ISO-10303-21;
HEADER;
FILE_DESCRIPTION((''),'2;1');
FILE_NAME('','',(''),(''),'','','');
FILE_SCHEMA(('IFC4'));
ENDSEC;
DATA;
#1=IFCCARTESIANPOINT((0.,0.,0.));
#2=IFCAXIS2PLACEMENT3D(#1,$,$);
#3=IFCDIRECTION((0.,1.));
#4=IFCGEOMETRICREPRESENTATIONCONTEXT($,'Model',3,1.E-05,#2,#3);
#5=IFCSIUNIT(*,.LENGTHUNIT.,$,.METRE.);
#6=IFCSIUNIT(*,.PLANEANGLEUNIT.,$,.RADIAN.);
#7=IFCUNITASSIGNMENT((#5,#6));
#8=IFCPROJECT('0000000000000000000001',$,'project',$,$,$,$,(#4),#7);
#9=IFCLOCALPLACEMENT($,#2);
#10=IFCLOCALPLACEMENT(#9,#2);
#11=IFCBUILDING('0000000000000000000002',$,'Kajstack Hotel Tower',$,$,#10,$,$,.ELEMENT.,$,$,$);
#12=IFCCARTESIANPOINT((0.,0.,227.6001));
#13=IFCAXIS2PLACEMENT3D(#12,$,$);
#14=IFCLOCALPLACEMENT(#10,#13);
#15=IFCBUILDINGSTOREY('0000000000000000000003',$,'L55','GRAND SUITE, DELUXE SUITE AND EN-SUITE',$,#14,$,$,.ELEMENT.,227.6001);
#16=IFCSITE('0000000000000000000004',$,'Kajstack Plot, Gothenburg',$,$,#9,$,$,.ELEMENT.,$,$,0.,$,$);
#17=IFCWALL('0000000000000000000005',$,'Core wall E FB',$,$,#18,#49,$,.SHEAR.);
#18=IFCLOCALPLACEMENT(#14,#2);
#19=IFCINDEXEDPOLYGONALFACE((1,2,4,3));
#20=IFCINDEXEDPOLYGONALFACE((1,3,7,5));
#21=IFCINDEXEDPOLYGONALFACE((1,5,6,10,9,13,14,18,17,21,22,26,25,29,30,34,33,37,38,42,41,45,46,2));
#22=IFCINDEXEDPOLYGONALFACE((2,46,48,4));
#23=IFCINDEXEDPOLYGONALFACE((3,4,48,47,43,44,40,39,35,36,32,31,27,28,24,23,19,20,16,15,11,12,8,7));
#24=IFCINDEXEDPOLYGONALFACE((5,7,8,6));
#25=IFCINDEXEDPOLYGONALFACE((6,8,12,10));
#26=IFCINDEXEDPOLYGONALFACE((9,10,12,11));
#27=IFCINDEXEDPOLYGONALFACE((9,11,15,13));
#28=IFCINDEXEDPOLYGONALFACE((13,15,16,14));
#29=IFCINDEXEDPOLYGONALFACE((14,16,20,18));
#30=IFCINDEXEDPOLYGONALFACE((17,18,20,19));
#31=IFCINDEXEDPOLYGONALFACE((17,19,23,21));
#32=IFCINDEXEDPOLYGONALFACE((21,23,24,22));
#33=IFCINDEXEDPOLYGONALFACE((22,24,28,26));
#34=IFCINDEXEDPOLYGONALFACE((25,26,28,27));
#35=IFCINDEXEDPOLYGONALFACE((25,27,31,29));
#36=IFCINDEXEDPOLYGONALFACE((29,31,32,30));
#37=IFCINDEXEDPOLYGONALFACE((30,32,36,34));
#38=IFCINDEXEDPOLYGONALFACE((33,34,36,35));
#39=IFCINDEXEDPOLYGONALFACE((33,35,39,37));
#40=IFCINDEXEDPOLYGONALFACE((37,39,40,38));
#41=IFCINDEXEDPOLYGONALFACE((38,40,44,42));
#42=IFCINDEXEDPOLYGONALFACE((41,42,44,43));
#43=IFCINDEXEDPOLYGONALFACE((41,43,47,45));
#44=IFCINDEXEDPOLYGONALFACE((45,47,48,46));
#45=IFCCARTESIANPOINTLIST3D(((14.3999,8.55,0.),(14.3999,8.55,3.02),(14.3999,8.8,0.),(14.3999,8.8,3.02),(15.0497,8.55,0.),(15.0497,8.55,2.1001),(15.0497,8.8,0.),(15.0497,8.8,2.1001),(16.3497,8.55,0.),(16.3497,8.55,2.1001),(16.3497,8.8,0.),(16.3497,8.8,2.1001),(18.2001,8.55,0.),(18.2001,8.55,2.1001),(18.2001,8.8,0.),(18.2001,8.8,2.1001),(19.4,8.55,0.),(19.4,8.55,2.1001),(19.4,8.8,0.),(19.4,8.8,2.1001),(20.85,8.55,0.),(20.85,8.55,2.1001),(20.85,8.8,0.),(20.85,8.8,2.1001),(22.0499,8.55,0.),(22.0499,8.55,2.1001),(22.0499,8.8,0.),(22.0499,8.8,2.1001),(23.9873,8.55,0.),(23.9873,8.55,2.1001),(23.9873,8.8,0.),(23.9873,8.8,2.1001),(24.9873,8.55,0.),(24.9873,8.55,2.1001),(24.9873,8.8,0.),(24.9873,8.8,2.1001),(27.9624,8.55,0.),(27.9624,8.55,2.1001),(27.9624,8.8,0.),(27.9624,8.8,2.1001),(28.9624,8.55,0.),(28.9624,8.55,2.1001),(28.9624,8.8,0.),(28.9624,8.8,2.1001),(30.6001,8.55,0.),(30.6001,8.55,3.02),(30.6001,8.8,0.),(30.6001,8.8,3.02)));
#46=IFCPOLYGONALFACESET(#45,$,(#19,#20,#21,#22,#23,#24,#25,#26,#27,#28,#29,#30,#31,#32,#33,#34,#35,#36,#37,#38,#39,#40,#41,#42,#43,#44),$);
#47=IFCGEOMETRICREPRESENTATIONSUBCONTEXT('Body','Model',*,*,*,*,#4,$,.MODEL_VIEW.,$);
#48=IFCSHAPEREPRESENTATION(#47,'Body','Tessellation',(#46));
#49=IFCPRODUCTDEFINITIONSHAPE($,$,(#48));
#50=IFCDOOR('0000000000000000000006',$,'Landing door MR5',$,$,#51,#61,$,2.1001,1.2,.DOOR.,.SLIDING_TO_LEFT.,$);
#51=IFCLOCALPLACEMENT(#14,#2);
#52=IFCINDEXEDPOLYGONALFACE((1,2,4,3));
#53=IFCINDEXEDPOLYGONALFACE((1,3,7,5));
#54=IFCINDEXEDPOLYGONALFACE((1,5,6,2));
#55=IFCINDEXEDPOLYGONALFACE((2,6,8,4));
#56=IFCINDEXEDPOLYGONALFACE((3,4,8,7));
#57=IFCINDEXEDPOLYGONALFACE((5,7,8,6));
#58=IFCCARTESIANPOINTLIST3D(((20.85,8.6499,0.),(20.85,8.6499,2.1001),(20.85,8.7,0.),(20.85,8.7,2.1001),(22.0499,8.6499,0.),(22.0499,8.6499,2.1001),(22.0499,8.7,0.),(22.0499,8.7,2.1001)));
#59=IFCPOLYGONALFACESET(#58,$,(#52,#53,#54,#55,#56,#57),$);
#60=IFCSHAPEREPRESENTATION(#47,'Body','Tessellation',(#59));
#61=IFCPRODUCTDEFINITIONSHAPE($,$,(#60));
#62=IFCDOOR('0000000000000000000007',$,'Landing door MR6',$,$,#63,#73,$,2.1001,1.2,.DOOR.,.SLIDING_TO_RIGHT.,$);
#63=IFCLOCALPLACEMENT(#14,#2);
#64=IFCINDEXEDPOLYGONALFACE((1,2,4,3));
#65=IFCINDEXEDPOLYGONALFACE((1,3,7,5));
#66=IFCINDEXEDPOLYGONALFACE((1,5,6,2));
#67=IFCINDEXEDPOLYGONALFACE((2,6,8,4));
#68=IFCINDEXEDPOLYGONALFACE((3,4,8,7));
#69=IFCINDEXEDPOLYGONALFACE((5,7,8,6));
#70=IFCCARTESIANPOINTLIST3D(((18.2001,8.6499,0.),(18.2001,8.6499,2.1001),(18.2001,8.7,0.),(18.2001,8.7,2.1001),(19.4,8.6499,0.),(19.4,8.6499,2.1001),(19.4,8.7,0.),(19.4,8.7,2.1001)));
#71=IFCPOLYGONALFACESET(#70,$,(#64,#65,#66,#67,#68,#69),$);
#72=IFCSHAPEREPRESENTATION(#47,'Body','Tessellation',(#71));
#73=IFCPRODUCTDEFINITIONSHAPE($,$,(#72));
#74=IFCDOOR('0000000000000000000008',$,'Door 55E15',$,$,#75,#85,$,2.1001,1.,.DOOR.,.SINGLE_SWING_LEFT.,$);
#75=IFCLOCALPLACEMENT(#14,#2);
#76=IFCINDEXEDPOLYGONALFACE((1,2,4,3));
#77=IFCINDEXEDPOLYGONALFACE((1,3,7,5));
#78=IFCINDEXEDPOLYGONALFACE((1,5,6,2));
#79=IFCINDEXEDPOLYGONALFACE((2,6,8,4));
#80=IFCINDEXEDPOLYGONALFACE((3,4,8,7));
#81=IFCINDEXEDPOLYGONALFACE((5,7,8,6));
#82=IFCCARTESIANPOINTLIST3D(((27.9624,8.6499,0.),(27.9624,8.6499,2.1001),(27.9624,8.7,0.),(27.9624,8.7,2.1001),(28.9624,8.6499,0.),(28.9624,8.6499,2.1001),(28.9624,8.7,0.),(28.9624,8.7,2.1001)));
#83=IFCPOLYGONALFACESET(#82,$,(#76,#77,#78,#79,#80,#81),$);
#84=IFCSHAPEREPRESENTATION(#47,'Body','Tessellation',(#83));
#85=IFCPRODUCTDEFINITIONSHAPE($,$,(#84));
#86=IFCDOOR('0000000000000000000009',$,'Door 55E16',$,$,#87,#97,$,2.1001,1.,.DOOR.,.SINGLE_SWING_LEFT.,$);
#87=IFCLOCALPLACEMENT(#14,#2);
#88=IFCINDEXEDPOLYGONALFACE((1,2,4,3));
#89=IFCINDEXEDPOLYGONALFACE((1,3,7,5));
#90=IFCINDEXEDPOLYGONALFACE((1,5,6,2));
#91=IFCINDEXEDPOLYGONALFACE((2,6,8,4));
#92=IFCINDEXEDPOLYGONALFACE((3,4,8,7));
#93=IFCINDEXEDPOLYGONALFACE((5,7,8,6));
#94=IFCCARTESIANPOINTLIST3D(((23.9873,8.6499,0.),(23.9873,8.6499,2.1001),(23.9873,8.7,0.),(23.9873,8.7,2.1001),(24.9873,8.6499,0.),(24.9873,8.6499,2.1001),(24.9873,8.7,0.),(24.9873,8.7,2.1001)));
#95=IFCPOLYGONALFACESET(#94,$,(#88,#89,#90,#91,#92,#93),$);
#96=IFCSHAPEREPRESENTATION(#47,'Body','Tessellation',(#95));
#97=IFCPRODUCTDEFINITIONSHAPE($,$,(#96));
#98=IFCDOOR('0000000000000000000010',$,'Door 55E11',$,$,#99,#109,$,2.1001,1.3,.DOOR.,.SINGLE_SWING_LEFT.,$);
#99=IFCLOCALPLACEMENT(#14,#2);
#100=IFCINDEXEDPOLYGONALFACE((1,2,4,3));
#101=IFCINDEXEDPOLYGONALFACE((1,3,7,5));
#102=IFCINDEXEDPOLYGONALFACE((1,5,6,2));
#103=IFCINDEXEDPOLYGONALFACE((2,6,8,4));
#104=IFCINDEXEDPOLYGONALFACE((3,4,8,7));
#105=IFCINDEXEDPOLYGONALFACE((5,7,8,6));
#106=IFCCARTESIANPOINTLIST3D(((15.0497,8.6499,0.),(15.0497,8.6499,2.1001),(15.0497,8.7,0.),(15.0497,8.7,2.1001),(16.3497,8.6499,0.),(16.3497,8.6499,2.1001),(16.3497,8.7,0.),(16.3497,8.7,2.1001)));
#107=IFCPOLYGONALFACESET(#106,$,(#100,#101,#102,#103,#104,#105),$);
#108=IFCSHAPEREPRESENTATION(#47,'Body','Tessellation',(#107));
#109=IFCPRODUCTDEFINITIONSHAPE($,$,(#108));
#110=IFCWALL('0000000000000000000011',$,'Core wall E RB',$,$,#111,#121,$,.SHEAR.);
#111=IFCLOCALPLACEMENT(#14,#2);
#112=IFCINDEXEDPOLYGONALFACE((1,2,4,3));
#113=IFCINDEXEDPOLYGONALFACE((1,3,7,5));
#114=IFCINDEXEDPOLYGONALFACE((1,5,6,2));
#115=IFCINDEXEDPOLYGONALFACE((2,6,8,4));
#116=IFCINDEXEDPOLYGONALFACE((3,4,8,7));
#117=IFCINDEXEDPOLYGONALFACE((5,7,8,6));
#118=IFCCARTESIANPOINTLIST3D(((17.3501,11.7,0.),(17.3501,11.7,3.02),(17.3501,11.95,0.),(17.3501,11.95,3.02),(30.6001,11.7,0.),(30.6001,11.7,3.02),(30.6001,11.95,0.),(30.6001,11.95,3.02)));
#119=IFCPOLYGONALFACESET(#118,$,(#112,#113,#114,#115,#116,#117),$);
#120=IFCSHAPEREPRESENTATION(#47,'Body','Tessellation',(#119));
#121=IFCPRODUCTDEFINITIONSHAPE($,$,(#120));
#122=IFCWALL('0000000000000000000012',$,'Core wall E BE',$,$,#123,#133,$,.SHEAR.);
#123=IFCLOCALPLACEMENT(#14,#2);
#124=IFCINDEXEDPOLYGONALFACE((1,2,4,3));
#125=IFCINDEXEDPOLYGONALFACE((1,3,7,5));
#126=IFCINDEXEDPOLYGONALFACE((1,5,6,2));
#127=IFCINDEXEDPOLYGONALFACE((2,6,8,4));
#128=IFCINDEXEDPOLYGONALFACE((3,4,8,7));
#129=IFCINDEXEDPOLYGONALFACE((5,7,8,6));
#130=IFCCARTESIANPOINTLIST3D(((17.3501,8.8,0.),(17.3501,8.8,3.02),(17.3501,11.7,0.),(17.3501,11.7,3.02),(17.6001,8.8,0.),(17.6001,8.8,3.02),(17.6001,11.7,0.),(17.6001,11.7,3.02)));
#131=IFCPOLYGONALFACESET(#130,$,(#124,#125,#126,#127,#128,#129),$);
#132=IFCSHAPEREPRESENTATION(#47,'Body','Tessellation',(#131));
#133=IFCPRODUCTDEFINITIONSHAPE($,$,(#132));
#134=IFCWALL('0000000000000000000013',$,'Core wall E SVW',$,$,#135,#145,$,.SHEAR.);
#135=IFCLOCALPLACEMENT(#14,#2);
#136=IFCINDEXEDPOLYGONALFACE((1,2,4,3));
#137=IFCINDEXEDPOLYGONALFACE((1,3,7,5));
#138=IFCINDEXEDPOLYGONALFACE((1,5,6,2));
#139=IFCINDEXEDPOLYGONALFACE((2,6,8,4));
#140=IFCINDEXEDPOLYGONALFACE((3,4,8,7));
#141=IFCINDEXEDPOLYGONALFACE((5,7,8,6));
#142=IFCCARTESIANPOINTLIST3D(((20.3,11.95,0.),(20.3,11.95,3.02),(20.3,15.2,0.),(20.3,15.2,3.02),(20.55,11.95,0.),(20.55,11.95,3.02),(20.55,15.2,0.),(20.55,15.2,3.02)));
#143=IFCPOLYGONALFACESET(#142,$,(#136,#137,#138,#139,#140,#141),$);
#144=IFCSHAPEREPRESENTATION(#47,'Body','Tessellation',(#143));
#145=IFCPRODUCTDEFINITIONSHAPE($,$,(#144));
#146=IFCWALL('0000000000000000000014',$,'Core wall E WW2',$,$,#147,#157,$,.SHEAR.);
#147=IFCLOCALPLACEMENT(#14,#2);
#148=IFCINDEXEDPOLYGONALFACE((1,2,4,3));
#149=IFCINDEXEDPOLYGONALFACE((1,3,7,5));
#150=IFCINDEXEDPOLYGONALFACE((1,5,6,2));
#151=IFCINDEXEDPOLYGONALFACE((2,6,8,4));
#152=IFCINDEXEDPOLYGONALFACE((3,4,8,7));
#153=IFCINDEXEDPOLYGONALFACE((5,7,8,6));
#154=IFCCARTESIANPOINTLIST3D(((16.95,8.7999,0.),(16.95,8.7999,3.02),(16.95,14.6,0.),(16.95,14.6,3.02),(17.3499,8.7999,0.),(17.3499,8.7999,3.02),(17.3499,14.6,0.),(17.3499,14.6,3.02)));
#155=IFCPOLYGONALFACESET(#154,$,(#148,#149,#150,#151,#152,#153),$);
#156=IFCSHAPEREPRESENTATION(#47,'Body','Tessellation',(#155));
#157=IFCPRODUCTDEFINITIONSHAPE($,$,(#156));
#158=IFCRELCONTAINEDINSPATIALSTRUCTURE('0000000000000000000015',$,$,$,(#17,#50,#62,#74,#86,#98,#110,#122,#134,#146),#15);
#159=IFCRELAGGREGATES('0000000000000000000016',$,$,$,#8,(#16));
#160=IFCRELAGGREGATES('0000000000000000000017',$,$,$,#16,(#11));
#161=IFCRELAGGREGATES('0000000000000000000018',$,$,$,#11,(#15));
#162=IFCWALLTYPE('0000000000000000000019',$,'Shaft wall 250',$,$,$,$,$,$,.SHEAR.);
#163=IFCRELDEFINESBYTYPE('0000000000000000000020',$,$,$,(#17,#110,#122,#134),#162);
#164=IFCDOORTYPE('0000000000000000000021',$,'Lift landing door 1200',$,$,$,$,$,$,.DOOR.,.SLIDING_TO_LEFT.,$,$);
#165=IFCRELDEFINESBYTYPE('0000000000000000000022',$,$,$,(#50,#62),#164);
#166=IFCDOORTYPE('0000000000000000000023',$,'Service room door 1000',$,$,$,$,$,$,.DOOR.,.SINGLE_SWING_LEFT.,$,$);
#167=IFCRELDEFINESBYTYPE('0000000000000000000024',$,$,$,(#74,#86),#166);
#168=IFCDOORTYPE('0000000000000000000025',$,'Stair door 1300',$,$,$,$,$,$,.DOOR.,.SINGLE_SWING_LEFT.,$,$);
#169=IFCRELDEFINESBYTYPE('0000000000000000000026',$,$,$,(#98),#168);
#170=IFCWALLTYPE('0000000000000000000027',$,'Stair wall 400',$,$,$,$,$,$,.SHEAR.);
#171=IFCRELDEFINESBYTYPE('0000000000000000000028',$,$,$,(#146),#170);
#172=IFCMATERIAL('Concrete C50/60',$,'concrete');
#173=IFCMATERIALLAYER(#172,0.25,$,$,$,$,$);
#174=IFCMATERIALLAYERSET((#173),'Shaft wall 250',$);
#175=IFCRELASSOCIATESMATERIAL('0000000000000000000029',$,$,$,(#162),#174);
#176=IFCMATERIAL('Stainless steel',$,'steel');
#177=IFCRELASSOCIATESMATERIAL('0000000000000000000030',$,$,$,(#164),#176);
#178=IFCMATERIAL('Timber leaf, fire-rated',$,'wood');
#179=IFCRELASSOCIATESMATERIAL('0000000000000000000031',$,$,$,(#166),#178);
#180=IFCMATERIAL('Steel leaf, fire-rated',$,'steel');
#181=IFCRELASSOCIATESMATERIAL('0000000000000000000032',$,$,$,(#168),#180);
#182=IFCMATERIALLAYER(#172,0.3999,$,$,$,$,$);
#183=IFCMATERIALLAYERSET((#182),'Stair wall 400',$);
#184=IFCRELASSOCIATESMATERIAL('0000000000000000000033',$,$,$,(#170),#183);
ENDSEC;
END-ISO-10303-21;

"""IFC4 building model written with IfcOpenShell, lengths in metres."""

from ifc_helpers import new_model, si_unit, direction, frame, frame_2d, origin, place, context, subcontext, project, spatial, rectangle, extrude, material, layer, layer_set, type_object, element, fill, save


model = new_model("IFC4")

# Units and contexts
model_context = context("Model", 3, precision=1e-05, world=origin(), true_north=direction((0.0, 1.0)))
body_context = subcontext(model_context, "Body", "Model", "MODEL_VIEW")
ifc_project = project(units=[si_unit("LENGTHUNIT", "METRE"), si_unit("PLANEANGLEUNIT", "RADIAN")], contexts=[model_context])

# Site, building, storey
site_placement = place(None, origin())
site = spatial("IfcSite", under=ifc_project, at=site_placement, Name="Kajstack Plot, Gothenburg", CompositionType="ELEMENT", RefElevation=0.0)
building_placement = place(site_placement, origin())
building = spatial("IfcBuilding", under=site, at=building_placement, Name="Kajstack Hotel Tower", CompositionType="ELEMENT")
storey_placement = place(building_placement, frame((0.0, 0.0, 227.6001)))
storey = spatial("IfcBuildingStorey", under=building, at=storey_placement, Name="L55", Description="GRAND SUITE, DELUXE SUITE AND EN-SUITE", CompositionType="ELEMENT", Elevation=227.6001)

# Wall, openings, doors
ifc_material_1 = material(Name="Concrete C50/60", Category="concrete")
ifc_layer_1 = layer(ifc_material_1, 0.25)
ifc_layer_set_1 = layer_set([ifc_layer_1], Name="Shaft wall 250")
wall_type_1 = type_object("IfcWallType", Name="Shaft wall 250", PredefinedType="SHEAR", material=ifc_layer_set_1)
ifc_material_2 = material(Name="Stainless steel", Category="steel")
door_type_1 = type_object("IfcDoorType", Name="Lift landing door 1200", OperationType="SLIDING_TO_LEFT", PredefinedType="DOOR", material=ifc_material_2)
wall_1_placement = place(storey_placement, frame((14.3999, 8.675, 0.0), z_axis=(0.0, 0.0, 1.0), x_axis=(1.0, 0.0, 0.0)))
wall_1 = element("IfcWall", 1, at=wall_1_placement, inside=storey, type_object=wall_type_1, Name="Core wall E FB", PredefinedType="SHEAR", context=body_context, shape_type="SweptSolid", body=[
    extrude(rectangle(XDim=16.2002, YDim=0.25, at=frame_2d((8.1001, 0.0))), origin(), (0.0, 0.0, 1.0), 3.02),
])
opening_1_placement = place(wall_1_placement, frame((6.45, 0.0, 0.0)))
opening_1 = element("IfcOpeningElement", 2, at=opening_1_placement, cuts=wall_1, PredefinedType="OPENING", context=body_context, shape_type="SweptSolid", body=[
    extrude(rectangle(XDim=1.2, YDim=2.1001, at=frame_2d((0.6001, 1.05))), frame((0.0, 0.135, 0.0), z_axis=(0.0, -1.0, 0.0), x_axis=(1.0, 0.0, 0.0)), (0.0, 0.0, 1.0), 0.27),
])
opening_2_placement = place(wall_1_placement, frame((3.8, 0.0, 0.0)))
opening_2 = element("IfcOpeningElement", 3, at=opening_2_placement, cuts=wall_1, PredefinedType="OPENING", context=body_context, shape_type="SweptSolid", body=[
    extrude(rectangle(XDim=1.2, YDim=2.1001, at=frame_2d((0.6001, 1.05))), frame((0.0, 0.135, 0.0), z_axis=(0.0, -1.0, 0.0), x_axis=(1.0, 0.0, 0.0)), (0.0, 0.0, 1.0), 0.27),
])
opening_3_placement = place(wall_1_placement, frame((0.6499, 0.0, 0.0)))
opening_3 = element("IfcOpeningElement", 4, at=opening_3_placement, cuts=wall_1, PredefinedType="OPENING", context=body_context, shape_type="SweptSolid", body=[
    extrude(rectangle(XDim=1.3, YDim=2.1001, at=frame_2d((0.6499, 1.05))), frame((0.0, 0.135, 0.0), z_axis=(0.0, -1.0, 0.0), x_axis=(1.0, 0.0, 0.0)), (0.0, 0.0, 1.0), 0.27),
])
opening_4_placement = place(wall_1_placement, frame((13.5625, 0.0, 0.0)))
opening_4 = element("IfcOpeningElement", 5, at=opening_4_placement, cuts=wall_1, PredefinedType="OPENING", context=body_context, shape_type="SweptSolid", body=[
    extrude(rectangle(XDim=1.0, YDim=2.1001, at=frame_2d((0.5, 1.05))), frame((0.0, 0.135, 0.0), z_axis=(0.0, -1.0, 0.0), x_axis=(1.0, 0.0, 0.0)), (0.0, 0.0, 1.0), 0.27),
])
opening_5_placement = place(wall_1_placement, frame((9.5874, 0.0, 0.0)))
opening_5 = element("IfcOpeningElement", 6, at=opening_5_placement, cuts=wall_1, PredefinedType="OPENING", context=body_context, shape_type="SweptSolid", body=[
    extrude(rectangle(XDim=1.0, YDim=2.1001, at=frame_2d((0.5, 1.05))), frame((0.0, 0.135, 0.0), z_axis=(0.0, -1.0, 0.0), x_axis=(1.0, 0.0, 0.0)), (0.0, 0.0, 1.0), 0.27),
])
door_1_placement = place(opening_1_placement, origin())
door_1 = element("IfcDoor", 7, at=door_1_placement, inside=storey, type_object=door_type_1, Name="Landing door MR5", OperationType="SLIDING_TO_LEFT", OverallHeight=2.1001, OverallWidth=1.2, PredefinedType="DOOR", context=body_context, shape_type="SweptSolid", body=[
    extrude(rectangle(XDim=1.2, YDim=2.1001, at=frame_2d((0.6001, 1.05))), frame((0.0, 0.0249, 0.0), z_axis=(0.0, -1.0, 0.0), x_axis=(1.0, 0.0, 0.0)), (0.0, 0.0, 1.0), 0.05),
])
fill(opening_1, door_1)
door_2_placement = place(opening_2_placement, origin())
door_2 = element("IfcDoor", 8, at=door_2_placement, inside=storey, type_object=door_type_1, Name="Landing door MR6", OperationType="SLIDING_TO_RIGHT", OverallHeight=2.1001, OverallWidth=1.2, PredefinedType="DOOR", context=body_context, shape_type="SweptSolid", body=[
    extrude(rectangle(XDim=1.2, YDim=2.1001, at=frame_2d((0.6001, 1.05))), frame((0.0, 0.0249, 0.0), z_axis=(0.0, -1.0, 0.0), x_axis=(1.0, 0.0, 0.0)), (0.0, 0.0, 1.0), 0.05),
])
fill(opening_2, door_2)
ifc_material_3 = material(Name="Timber leaf, fire-rated", Category="wood")
door_type_2 = type_object("IfcDoorType", Name="Service room door 1000", OperationType="SINGLE_SWING_LEFT", PredefinedType="DOOR", material=ifc_material_3)
door_3_placement = place(opening_4_placement, origin())
door_3 = element("IfcDoor", 9, at=door_3_placement, inside=storey, type_object=door_type_2, Name="Door 55E15", OperationType="SINGLE_SWING_LEFT", OverallHeight=2.1001, OverallWidth=1.0, PredefinedType="DOOR", context=body_context, shape_type="SweptSolid", body=[
    extrude(rectangle(XDim=1.0, YDim=2.1001, at=frame_2d((0.5, 1.05))), frame((0.0, 0.0249, 0.0), z_axis=(0.0, -1.0, 0.0), x_axis=(1.0, 0.0, 0.0)), (0.0, 0.0, 1.0), 0.05),
])
fill(opening_4, door_3)
door_4_placement = place(opening_5_placement, origin())
door_4 = element("IfcDoor", 10, at=door_4_placement, inside=storey, type_object=door_type_2, Name="Door 55E16", OperationType="SINGLE_SWING_LEFT", OverallHeight=2.1001, OverallWidth=1.0, PredefinedType="DOOR", context=body_context, shape_type="SweptSolid", body=[
    extrude(rectangle(XDim=1.0, YDim=2.1001, at=frame_2d((0.5, 1.05))), frame((0.0, 0.0249, 0.0), z_axis=(0.0, -1.0, 0.0), x_axis=(1.0, 0.0, 0.0)), (0.0, 0.0, 1.0), 0.05),
])
fill(opening_5, door_4)
ifc_material_4 = material(Name="Steel leaf, fire-rated", Category="steel")
door_type_3 = type_object("IfcDoorType", Name="Stair door 1300", OperationType="SINGLE_SWING_LEFT", PredefinedType="DOOR", material=ifc_material_4)
door_5_placement = place(opening_3_placement, origin())
door_5 = element("IfcDoor", 11, at=door_5_placement, inside=storey, type_object=door_type_3, Name="Door 55E11", OperationType="SINGLE_SWING_LEFT", OverallHeight=2.1001, OverallWidth=1.3, PredefinedType="DOOR", context=body_context, shape_type="SweptSolid", body=[
    extrude(rectangle(XDim=1.3, YDim=2.1001, at=frame_2d((0.6499, 1.05))), frame((0.0, 0.0249, 0.0), z_axis=(0.0, -1.0, 0.0), x_axis=(1.0, 0.0, 0.0)), (0.0, 0.0, 1.0), 0.05),
])
fill(opening_3, door_5)

# Walls
wall_2_placement = place(storey_placement, frame((17.3501, 11.825, 0.0), z_axis=(0.0, 0.0, 1.0), x_axis=(1.0, 0.0, 0.0)))
element("IfcWall", 12, at=wall_2_placement, inside=storey, type_object=wall_type_1, Name="Core wall E RB", PredefinedType="SHEAR", context=body_context, shape_type="SweptSolid", body=[
    extrude(rectangle(XDim=13.25, YDim=0.25, at=frame_2d((6.625, 0.0))), origin(), (0.0, 0.0, 1.0), 3.02),
])
wall_3_placement = place(storey_placement, frame((17.4751, 8.8, 0.0), z_axis=(0.0, 0.0, 1.0), x_axis=(0.0, 1.0, 0.0)))
element("IfcWall", 13, at=wall_3_placement, inside=storey, type_object=wall_type_1, Name="Core wall E BE", PredefinedType="SHEAR", context=body_context, shape_type="SweptSolid", body=[
    extrude(rectangle(XDim=2.8999, YDim=0.25, at=frame_2d((1.45, 0.0))), origin(), (0.0, 0.0, 1.0), 3.02),
])
wall_4_placement = place(storey_placement, frame((20.425, 11.95, 0.0), z_axis=(0.0, 0.0, 1.0), x_axis=(0.0, 1.0, 0.0)))
element("IfcWall", 14, at=wall_4_placement, inside=storey, type_object=wall_type_1, Name="Core wall E SVW", PredefinedType="SHEAR", context=body_context, shape_type="SweptSolid", body=[
    extrude(rectangle(XDim=3.25, YDim=0.25, at=frame_2d((1.625, 0.0))), origin(), (0.0, 0.0, 1.0), 3.02),
])
ifc_layer_2 = layer(ifc_material_1, 0.3999)
ifc_layer_set_2 = layer_set([ifc_layer_2], Name="Stair wall 400")
wall_type_2 = type_object("IfcWallType", Name="Stair wall 400", PredefinedType="SHEAR", material=ifc_layer_set_2)
wall_5_placement = place(storey_placement, frame((17.1499, 8.8, 0.0), z_axis=(0.0, 0.0, 1.0), x_axis=(0.0, 1.0, 0.0)))
element("IfcWall", 15, at=wall_5_placement, inside=storey, type_object=wall_type_2, Name="Core wall E WW2", PredefinedType="SHEAR", context=body_context, shape_type="SweptSolid", body=[
    extrude(rectangle(XDim=5.8, YDim=0.3999, at=frame_2d((2.8999, 0.0))), origin(), (0.0, 0.0, 1.0), 3.02),
])

save(model, "model.ifc")
